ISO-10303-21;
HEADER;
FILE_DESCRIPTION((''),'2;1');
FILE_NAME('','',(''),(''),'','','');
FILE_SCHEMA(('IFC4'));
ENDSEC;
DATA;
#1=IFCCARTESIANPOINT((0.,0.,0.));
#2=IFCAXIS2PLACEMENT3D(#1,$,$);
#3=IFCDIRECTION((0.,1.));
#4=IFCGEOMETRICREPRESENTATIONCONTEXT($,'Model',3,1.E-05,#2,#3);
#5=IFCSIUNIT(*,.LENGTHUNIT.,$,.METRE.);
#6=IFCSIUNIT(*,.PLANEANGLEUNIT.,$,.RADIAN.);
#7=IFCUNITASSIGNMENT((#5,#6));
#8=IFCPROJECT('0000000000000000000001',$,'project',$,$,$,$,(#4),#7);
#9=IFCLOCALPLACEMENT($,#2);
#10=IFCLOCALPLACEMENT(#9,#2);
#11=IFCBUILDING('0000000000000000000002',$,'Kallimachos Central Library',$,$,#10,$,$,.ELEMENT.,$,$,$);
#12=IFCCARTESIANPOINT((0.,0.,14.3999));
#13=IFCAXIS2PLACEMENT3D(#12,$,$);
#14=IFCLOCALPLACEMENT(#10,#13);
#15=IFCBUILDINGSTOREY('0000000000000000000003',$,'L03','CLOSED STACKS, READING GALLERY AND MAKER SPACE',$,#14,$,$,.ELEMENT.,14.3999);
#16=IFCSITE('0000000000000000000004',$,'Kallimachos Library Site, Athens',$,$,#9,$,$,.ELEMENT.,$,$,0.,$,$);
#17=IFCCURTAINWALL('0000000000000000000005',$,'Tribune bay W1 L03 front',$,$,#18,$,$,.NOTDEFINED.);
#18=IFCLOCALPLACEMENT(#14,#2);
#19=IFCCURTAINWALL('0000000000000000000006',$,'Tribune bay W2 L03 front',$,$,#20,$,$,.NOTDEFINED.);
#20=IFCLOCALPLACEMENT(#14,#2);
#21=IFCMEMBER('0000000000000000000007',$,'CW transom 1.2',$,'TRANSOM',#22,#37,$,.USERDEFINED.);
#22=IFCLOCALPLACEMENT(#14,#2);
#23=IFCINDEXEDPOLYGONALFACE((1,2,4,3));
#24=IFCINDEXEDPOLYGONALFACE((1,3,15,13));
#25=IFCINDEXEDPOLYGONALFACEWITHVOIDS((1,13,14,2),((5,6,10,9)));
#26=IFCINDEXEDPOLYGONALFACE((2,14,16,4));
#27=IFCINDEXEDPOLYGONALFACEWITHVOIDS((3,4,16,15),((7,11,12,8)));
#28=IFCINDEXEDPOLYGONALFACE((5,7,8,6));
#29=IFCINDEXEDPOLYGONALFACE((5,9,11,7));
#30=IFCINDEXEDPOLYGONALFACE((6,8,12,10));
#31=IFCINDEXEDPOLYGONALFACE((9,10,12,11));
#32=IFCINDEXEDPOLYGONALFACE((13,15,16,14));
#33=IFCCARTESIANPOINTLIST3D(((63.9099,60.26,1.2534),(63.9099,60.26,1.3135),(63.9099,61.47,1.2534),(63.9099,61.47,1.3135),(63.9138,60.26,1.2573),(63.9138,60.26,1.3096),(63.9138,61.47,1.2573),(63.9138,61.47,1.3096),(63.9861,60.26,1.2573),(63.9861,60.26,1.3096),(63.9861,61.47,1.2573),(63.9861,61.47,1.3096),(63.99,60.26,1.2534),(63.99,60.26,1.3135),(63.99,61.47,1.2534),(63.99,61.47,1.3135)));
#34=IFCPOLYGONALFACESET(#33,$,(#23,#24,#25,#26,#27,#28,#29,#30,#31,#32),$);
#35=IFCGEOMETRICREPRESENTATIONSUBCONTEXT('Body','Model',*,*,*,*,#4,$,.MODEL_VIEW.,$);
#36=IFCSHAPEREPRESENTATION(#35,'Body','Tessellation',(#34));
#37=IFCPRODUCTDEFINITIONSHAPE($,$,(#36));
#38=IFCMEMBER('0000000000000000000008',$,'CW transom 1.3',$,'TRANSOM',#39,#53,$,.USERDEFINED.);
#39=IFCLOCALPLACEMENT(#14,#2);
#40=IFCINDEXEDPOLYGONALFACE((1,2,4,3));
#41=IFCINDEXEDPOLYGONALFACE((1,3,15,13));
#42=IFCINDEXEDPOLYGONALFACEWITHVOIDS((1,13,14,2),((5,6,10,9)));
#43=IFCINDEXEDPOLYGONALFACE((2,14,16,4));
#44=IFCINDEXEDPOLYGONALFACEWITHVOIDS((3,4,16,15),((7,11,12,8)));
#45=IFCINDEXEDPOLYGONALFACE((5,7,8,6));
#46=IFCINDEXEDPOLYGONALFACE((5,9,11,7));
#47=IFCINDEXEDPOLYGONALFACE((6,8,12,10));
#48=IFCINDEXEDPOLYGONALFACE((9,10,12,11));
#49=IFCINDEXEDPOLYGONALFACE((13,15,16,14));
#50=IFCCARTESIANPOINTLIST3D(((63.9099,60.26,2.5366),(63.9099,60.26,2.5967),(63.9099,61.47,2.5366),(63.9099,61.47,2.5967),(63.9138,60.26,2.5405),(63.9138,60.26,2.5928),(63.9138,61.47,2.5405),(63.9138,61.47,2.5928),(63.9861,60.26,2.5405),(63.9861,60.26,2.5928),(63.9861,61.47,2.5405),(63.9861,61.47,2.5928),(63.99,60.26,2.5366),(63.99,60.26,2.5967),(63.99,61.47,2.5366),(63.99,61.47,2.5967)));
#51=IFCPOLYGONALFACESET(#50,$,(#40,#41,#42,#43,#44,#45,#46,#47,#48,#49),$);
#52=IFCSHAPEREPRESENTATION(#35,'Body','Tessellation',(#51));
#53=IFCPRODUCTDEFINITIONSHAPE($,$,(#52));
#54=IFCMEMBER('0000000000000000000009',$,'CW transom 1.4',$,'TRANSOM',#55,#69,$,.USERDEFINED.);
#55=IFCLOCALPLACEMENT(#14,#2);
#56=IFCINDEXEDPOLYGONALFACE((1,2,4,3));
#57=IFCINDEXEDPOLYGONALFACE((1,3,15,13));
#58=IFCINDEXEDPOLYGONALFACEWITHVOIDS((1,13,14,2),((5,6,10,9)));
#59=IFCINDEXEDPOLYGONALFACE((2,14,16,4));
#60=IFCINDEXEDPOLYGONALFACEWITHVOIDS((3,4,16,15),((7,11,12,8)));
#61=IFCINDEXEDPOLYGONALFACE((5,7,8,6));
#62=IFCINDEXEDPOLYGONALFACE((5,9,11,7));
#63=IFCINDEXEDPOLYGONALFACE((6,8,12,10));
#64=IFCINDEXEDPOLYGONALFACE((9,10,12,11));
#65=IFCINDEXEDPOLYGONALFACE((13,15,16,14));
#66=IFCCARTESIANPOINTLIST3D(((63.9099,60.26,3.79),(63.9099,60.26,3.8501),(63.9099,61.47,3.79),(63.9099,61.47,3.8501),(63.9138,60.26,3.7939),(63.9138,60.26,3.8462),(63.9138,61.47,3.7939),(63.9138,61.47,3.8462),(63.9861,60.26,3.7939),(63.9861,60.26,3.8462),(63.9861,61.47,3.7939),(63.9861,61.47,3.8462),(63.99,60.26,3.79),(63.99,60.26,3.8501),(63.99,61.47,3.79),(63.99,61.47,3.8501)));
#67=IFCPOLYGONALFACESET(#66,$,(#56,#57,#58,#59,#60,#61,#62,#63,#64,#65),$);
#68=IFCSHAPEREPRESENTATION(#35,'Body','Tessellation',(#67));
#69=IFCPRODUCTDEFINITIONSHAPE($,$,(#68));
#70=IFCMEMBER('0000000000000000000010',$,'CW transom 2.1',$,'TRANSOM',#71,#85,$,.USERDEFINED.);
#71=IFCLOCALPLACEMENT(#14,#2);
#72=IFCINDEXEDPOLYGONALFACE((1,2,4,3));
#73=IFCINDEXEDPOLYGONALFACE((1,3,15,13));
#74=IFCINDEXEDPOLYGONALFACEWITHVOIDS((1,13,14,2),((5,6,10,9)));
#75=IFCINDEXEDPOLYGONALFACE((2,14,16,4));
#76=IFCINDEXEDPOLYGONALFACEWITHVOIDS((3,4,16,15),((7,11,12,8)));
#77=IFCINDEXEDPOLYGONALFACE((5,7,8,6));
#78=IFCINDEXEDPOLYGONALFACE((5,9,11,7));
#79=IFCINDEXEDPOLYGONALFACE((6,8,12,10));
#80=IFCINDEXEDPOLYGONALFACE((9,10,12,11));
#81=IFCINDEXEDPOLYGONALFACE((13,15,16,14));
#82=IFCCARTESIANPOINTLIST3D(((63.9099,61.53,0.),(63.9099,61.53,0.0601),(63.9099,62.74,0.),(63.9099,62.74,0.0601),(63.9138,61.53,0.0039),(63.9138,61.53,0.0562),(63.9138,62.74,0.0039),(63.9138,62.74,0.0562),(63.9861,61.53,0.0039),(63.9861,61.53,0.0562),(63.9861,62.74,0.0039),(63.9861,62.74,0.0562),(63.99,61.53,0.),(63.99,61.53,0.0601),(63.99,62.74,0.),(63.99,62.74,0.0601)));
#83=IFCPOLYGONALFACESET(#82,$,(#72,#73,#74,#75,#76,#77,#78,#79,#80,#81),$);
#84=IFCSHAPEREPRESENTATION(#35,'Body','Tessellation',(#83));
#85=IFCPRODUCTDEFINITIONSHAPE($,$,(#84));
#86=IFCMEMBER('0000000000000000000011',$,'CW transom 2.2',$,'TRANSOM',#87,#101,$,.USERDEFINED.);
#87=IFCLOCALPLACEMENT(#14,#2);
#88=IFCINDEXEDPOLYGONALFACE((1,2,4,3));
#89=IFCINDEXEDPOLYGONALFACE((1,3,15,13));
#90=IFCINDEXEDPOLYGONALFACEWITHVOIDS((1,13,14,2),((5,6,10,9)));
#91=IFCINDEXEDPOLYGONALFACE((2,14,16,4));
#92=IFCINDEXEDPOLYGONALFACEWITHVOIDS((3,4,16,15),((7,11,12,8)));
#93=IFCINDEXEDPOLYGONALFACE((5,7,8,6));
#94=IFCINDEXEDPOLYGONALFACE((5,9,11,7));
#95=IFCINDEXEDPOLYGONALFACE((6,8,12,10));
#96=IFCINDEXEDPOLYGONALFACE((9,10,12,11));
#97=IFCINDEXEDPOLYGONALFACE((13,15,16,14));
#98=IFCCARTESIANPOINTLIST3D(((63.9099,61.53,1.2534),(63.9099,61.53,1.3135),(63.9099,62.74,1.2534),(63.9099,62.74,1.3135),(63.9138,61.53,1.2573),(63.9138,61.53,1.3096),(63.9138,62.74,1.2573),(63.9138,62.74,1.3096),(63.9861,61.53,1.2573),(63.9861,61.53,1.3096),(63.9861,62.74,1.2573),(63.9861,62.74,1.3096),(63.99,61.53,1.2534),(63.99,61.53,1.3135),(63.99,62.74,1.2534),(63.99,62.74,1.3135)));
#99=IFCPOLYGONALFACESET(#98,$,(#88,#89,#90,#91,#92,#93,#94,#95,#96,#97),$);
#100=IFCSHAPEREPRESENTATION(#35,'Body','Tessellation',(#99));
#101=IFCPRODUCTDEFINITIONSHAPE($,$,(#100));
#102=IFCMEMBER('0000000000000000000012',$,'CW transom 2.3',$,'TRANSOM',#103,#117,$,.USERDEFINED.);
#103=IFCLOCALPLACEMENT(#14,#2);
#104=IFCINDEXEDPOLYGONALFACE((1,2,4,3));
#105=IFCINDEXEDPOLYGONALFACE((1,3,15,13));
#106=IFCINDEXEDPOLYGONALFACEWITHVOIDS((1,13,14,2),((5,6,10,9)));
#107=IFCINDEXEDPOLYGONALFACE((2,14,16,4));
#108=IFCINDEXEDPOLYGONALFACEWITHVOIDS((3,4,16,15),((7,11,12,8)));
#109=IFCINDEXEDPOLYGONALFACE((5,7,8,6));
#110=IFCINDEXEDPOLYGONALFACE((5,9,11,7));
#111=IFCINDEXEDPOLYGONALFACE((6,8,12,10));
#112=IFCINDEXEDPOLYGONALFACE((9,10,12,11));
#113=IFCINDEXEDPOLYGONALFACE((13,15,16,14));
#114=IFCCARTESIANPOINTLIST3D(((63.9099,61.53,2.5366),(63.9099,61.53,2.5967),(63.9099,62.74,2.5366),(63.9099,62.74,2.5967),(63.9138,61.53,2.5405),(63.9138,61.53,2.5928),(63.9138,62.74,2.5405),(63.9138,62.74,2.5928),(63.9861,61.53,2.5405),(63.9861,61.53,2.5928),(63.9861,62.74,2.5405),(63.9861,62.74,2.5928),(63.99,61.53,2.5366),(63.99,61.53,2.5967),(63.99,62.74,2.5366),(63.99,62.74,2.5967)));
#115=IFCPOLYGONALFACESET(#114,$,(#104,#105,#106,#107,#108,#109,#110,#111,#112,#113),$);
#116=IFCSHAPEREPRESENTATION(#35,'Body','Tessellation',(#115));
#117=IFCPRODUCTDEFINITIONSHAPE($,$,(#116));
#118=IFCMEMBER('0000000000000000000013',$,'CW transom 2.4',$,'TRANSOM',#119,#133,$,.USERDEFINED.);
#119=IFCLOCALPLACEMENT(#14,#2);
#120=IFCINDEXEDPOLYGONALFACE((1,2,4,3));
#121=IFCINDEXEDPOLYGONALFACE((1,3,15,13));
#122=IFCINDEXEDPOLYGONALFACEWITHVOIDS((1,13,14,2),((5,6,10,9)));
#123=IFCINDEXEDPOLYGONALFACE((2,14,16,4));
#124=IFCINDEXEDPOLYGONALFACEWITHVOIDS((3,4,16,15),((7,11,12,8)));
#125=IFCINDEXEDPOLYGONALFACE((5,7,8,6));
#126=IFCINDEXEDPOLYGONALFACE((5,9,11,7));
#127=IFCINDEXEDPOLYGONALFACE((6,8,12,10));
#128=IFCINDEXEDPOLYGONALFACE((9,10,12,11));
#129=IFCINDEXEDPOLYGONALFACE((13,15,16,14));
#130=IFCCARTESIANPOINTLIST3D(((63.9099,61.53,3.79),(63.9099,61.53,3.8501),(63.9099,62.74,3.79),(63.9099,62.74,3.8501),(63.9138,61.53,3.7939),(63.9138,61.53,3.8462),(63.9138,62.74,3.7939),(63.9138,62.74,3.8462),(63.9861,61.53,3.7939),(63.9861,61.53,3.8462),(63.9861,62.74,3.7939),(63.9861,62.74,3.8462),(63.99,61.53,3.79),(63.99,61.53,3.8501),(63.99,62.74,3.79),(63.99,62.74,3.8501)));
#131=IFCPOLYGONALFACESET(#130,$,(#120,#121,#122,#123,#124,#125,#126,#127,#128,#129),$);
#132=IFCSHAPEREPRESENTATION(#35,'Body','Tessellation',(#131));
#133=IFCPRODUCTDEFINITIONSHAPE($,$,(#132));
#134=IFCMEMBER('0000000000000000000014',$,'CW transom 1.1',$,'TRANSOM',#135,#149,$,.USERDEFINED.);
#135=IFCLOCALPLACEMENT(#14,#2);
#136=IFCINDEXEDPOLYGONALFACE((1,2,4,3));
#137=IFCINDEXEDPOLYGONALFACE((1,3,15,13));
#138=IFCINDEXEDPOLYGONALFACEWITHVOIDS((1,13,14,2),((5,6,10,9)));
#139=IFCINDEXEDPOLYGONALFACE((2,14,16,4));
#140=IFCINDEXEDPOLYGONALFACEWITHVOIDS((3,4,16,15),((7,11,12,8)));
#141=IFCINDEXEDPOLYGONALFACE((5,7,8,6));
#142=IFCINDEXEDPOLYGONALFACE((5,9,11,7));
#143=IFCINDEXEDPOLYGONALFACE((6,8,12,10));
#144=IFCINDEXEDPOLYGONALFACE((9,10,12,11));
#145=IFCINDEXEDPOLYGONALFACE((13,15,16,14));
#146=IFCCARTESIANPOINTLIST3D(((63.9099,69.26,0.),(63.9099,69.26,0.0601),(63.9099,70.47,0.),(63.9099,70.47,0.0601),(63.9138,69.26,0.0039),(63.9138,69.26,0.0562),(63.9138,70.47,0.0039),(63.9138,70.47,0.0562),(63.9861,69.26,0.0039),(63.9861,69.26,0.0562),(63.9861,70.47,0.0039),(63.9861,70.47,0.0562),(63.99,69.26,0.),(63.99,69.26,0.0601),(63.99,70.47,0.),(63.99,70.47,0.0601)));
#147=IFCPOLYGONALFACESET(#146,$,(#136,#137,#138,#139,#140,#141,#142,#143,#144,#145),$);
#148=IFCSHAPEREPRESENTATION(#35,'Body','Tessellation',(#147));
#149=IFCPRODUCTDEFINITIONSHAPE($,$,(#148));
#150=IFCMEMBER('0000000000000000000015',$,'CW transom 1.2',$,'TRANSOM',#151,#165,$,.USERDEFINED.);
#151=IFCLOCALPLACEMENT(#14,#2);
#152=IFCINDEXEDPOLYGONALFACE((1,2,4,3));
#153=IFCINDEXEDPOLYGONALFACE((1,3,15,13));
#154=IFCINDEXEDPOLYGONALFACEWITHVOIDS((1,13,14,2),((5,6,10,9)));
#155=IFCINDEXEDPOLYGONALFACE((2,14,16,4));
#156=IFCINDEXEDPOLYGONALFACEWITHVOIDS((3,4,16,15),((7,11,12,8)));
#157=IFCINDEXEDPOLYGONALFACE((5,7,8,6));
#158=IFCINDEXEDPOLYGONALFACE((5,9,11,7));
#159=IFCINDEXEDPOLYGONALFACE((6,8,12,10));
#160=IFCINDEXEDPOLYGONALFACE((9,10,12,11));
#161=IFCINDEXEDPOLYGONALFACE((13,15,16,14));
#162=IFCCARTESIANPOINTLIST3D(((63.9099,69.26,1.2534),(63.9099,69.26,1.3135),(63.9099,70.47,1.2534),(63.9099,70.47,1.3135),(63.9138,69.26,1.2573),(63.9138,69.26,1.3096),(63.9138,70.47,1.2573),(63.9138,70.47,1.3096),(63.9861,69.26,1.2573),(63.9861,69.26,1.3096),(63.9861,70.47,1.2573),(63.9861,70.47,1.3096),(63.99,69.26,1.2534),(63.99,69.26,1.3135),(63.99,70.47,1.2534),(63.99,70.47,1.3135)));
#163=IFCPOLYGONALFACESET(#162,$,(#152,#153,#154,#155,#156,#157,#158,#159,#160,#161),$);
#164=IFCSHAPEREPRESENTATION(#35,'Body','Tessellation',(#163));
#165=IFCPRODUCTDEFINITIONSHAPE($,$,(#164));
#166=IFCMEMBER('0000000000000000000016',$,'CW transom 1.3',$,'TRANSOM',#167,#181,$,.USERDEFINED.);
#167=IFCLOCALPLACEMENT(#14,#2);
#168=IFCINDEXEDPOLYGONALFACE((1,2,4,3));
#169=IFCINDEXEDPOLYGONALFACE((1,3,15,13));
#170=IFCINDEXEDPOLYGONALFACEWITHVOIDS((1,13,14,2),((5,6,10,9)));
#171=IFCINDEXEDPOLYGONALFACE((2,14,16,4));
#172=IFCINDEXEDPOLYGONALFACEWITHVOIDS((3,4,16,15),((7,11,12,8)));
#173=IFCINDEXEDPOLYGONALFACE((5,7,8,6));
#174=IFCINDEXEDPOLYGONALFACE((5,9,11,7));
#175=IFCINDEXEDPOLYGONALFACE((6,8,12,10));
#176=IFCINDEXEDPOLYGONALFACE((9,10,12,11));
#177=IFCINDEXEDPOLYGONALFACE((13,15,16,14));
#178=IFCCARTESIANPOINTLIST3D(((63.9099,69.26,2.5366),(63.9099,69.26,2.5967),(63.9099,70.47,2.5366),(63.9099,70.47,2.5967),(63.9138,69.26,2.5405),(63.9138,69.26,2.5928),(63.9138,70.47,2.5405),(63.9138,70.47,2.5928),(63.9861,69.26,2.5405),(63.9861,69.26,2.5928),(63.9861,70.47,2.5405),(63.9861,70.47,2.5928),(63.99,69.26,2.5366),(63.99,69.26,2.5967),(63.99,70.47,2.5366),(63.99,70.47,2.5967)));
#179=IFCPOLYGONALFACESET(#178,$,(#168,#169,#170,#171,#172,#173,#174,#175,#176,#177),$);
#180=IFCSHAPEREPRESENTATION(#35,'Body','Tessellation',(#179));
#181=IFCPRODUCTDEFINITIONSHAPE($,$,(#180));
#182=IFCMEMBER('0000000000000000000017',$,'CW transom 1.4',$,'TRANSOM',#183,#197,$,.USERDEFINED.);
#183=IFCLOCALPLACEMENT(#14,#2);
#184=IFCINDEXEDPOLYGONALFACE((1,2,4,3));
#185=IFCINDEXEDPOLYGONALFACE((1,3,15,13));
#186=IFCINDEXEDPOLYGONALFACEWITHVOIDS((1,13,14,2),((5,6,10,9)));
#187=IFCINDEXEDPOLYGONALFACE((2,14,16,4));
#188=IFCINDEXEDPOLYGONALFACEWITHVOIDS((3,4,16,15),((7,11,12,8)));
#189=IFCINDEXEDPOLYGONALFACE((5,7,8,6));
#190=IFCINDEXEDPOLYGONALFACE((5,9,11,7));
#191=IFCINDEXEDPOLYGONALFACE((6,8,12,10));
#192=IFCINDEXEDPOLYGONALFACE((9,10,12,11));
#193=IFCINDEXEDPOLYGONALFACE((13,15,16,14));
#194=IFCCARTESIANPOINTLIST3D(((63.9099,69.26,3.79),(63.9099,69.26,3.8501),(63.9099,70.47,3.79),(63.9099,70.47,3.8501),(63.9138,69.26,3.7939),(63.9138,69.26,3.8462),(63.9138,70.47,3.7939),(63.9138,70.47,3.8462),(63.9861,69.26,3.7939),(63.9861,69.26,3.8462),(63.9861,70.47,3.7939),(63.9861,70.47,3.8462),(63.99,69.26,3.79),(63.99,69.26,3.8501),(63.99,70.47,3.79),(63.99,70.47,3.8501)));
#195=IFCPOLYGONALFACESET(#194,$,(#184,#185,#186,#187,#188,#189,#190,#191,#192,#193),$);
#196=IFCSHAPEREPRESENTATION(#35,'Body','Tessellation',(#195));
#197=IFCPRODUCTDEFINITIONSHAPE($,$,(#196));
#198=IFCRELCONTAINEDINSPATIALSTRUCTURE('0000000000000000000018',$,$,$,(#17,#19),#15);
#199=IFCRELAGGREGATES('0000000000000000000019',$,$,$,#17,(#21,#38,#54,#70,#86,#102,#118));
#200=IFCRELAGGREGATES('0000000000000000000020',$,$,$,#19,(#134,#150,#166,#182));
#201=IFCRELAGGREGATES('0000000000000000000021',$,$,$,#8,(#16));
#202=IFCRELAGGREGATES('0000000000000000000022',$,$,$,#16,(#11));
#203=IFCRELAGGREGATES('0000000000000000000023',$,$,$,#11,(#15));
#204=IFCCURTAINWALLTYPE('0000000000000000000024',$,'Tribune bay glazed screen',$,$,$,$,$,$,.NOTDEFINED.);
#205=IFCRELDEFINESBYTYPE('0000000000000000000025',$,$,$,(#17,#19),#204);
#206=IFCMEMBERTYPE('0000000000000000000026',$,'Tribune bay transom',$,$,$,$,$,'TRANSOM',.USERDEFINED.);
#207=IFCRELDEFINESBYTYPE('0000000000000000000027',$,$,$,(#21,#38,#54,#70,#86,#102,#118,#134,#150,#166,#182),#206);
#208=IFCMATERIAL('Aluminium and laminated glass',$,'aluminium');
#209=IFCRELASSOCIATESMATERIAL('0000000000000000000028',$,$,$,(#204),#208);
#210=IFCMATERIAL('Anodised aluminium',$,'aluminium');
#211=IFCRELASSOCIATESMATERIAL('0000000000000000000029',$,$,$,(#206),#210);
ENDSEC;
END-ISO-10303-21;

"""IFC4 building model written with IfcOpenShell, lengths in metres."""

from ifc_helpers import new_model, si_unit, direction, frame, origin, origin_2d, place, context, subcontext, project, spatial, hollow_rectangle, extrude, material, material_profile, profile_set, type_object, element, aggregate, save


model = new_model("IFC4")

# Units and contexts
model_context = context("Model", 3, precision=1e-05, world=origin(), true_north=direction((0.0, 1.0)))
body_context = subcontext(model_context, "Body", "Model", "MODEL_VIEW")
ifc_project = project(units=[si_unit("LENGTHUNIT", "METRE"), si_unit("PLANEANGLEUNIT", "RADIAN")], contexts=[model_context])

# Site, building, storey
site_placement = place(None, origin())
site = spatial("IfcSite", under=ifc_project, at=site_placement, Name="Kallimachos Library Site, Athens", CompositionType="ELEMENT", RefElevation=0.0)
building_placement = place(site_placement, origin())
building = spatial("IfcBuilding", under=site, at=building_placement, Name="Kallimachos Central Library", CompositionType="ELEMENT")
storey_placement = place(building_placement, frame((0.0, 0.0, 14.3999)))
storey = spatial("IfcBuildingStorey", under=building, at=storey_placement, Name="L03", Description="CLOSED STACKS, READING GALLERY AND MAKER SPACE", CompositionType="ELEMENT", Elevation=14.3999)

# Curtain wall
ifc_material_1 = material(Name="Aluminium and laminated glass", Category="aluminium")
curtain_wall_type = type_object("IfcCurtainWallType", Name="Tribune bay glazed screen", PredefinedType="NOTDEFINED", material=ifc_material_1)
curtain_wall_1_placement = place(storey_placement, origin())
curtain_wall_1 = element("IfcCurtainWall", 1, at=curtain_wall_1_placement, inside=storey, type_object=curtain_wall_type, Name="Tribune bay W1 L03 front", PredefinedType="NOTDEFINED")

# Curtain wall
curtain_wall_2_placement = place(storey_placement, origin())
curtain_wall_2 = element("IfcCurtainWall", 2, at=curtain_wall_2_placement, inside=storey, type_object=curtain_wall_type, Name="Tribune bay W2 L03 front", PredefinedType="NOTDEFINED")

# Members
ifc_material_2 = material(Name="Anodised aluminium", Category="aluminium")
ifc_material_profile_1 = material_profile(ifc_material_2, hollow_rectangle(XDim=0.0601, YDim=0.0801, WallThickness=0.0039, at=origin_2d()), Name="ALU TRANSOM 60x80")
ifc_profile_set_1 = profile_set([ifc_material_profile_1], Name="Anodised aluminium")
member_type_1 = type_object("IfcMemberType", Name="Tribune bay transom", ElementType="TRANSOM", PredefinedType="USERDEFINED", material=ifc_profile_set_1)
member_1_placement = place(storey_placement, frame((63.95, 60.26, 1.2834), z_axis=(0.0, 1.0, 0.0), x_axis=(0.0, 0.0, 1.0)))
member_1 = element("IfcMember", 3, at=member_1_placement, type_object=member_type_1, Name="CW transom 1.2", ObjectType="TRANSOM", PredefinedType="USERDEFINED", context=body_context, shape_type="SweptSolid", body=[
    extrude(hollow_rectangle(XDim=0.0601, YDim=0.0801, WallThickness=0.0039, at=origin_2d()), origin(), (0.0, 0.0, 1.0), 1.21),
])
member_2_placement = place(storey_placement, frame((63.95, 60.26, 2.5667), z_axis=(0.0, 1.0, 0.0), x_axis=(0.0, 0.0, 1.0)))
member_2 = element("IfcMember", 4, at=member_2_placement, type_object=member_type_1, Name="CW transom 1.3", ObjectType="TRANSOM", PredefinedType="USERDEFINED", context=body_context, shape_type="SweptSolid", body=[
    extrude(hollow_rectangle(XDim=0.0601, YDim=0.0801, WallThickness=0.0039, at=origin_2d()), origin(), (0.0, 0.0, 1.0), 1.21),
])
member_3_placement = place(storey_placement, frame((63.95, 60.26, 3.8201), z_axis=(0.0, 1.0, 0.0), x_axis=(0.0, 0.0, 1.0)))
member_3 = element("IfcMember", 5, at=member_3_placement, type_object=member_type_1, Name="CW transom 1.4", ObjectType="TRANSOM", PredefinedType="USERDEFINED", context=body_context, shape_type="SweptSolid", body=[
    extrude(hollow_rectangle(XDim=0.0601, YDim=0.0801, WallThickness=0.0039, at=origin_2d()), origin(), (0.0, 0.0, 1.0), 1.21),
])
member_4_placement = place(storey_placement, frame((63.95, 61.53, 0.03), z_axis=(0.0, 1.0, 0.0), x_axis=(0.0, 0.0, 1.0)))
member_4 = element("IfcMember", 6, at=member_4_placement, type_object=member_type_1, Name="CW transom 2.1", ObjectType="TRANSOM", PredefinedType="USERDEFINED", context=body_context, shape_type="SweptSolid", body=[
    extrude(hollow_rectangle(XDim=0.0601, YDim=0.0801, WallThickness=0.0039, at=origin_2d()), origin(), (0.0, 0.0, 1.0), 1.21),
])
member_5_placement = place(storey_placement, frame((63.95, 61.53, 1.2834), z_axis=(0.0, 1.0, 0.0), x_axis=(0.0, 0.0, 1.0)))
member_5 = element("IfcMember", 7, at=member_5_placement, type_object=member_type_1, Name="CW transom 2.2", ObjectType="TRANSOM", PredefinedType="USERDEFINED", context=body_context, shape_type="SweptSolid", body=[
    extrude(hollow_rectangle(XDim=0.0601, YDim=0.0801, WallThickness=0.0039, at=origin_2d()), origin(), (0.0, 0.0, 1.0), 1.21),
])
member_6_placement = place(storey_placement, frame((63.95, 61.53, 2.5667), z_axis=(0.0, 1.0, 0.0), x_axis=(0.0, 0.0, 1.0)))
member_6 = element("IfcMember", 8, at=member_6_placement, type_object=member_type_1, Name="CW transom 2.3", ObjectType="TRANSOM", PredefinedType="USERDEFINED", context=body_context, shape_type="SweptSolid", body=[
    extrude(hollow_rectangle(XDim=0.0601, YDim=0.0801, WallThickness=0.0039, at=origin_2d()), origin(), (0.0, 0.0, 1.0), 1.21),
])
member_7_placement = place(storey_placement, frame((63.95, 61.53, 3.8201), z_axis=(0.0, 1.0, 0.0), x_axis=(0.0, 0.0, 1.0)))
member_7 = element("IfcMember", 9, at=member_7_placement, type_object=member_type_1, Name="CW transom 2.4", ObjectType="TRANSOM", PredefinedType="USERDEFINED", context=body_context, shape_type="SweptSolid", body=[
    extrude(hollow_rectangle(XDim=0.0601, YDim=0.0801, WallThickness=0.0039, at=origin_2d()), origin(), (0.0, 0.0, 1.0), 1.21),
])
member_8_placement = place(storey_placement, frame((63.95, 69.26, 0.03), z_axis=(0.0, 1.0, 0.0), x_axis=(0.0, 0.0, 1.0)))
member_8 = element("IfcMember", 10, at=member_8_placement, type_object=member_type_1, Name="CW transom 1.1", ObjectType="TRANSOM", PredefinedType="USERDEFINED", context=body_context, shape_type="SweptSolid", body=[
    extrude(hollow_rectangle(XDim=0.0601, YDim=0.0801, WallThickness=0.0039, at=origin_2d()), origin(), (0.0, 0.0, 1.0), 1.21),
])
member_9_placement = place(storey_placement, frame((63.95, 69.26, 1.2834), z_axis=(0.0, 1.0, 0.0), x_axis=(0.0, 0.0, 1.0)))
member_9 = element("IfcMember", 11, at=member_9_placement, type_object=member_type_1, Name="CW transom 1.2", ObjectType="TRANSOM", PredefinedType="USERDEFINED", context=body_context, shape_type="SweptSolid", body=[
    extrude(hollow_rectangle(XDim=0.0601, YDim=0.0801, WallThickness=0.0039, at=origin_2d()), origin(), (0.0, 0.0, 1.0), 1.21),
])
member_10_placement = place(storey_placement, frame((63.95, 69.26, 2.5667), z_axis=(0.0, 1.0, 0.0), x_axis=(0.0, 0.0, 1.0)))
member_10 = element("IfcMember", 12, at=member_10_placement, type_object=member_type_1, Name="CW transom 1.3", ObjectType="TRANSOM", PredefinedType="USERDEFINED", context=body_context, shape_type="SweptSolid", body=[
    extrude(hollow_rectangle(XDim=0.0601, YDim=0.0801, WallThickness=0.0039, at=origin_2d()), origin(), (0.0, 0.0, 1.0), 1.21),
])
member_11_placement = place(storey_placement, frame((63.95, 69.26, 3.8201), z_axis=(0.0, 1.0, 0.0), x_axis=(0.0, 0.0, 1.0)))
member_11 = element("IfcMember", 13, at=member_11_placement, type_object=member_type_1, Name="CW transom 1.4", ObjectType="TRANSOM", PredefinedType="USERDEFINED", context=body_context, shape_type="SweptSolid", body=[
    extrude(hollow_rectangle(XDim=0.0601, YDim=0.0801, WallThickness=0.0039, at=origin_2d()), origin(), (0.0, 0.0, 1.0), 1.21),
])

aggregate(curtain_wall_1, [member_1, member_2, member_3, member_4, member_5, member_6, member_7])
aggregate(curtain_wall_2, [member_8, member_9, member_10, member_11])

save(model, "model.ifc")
